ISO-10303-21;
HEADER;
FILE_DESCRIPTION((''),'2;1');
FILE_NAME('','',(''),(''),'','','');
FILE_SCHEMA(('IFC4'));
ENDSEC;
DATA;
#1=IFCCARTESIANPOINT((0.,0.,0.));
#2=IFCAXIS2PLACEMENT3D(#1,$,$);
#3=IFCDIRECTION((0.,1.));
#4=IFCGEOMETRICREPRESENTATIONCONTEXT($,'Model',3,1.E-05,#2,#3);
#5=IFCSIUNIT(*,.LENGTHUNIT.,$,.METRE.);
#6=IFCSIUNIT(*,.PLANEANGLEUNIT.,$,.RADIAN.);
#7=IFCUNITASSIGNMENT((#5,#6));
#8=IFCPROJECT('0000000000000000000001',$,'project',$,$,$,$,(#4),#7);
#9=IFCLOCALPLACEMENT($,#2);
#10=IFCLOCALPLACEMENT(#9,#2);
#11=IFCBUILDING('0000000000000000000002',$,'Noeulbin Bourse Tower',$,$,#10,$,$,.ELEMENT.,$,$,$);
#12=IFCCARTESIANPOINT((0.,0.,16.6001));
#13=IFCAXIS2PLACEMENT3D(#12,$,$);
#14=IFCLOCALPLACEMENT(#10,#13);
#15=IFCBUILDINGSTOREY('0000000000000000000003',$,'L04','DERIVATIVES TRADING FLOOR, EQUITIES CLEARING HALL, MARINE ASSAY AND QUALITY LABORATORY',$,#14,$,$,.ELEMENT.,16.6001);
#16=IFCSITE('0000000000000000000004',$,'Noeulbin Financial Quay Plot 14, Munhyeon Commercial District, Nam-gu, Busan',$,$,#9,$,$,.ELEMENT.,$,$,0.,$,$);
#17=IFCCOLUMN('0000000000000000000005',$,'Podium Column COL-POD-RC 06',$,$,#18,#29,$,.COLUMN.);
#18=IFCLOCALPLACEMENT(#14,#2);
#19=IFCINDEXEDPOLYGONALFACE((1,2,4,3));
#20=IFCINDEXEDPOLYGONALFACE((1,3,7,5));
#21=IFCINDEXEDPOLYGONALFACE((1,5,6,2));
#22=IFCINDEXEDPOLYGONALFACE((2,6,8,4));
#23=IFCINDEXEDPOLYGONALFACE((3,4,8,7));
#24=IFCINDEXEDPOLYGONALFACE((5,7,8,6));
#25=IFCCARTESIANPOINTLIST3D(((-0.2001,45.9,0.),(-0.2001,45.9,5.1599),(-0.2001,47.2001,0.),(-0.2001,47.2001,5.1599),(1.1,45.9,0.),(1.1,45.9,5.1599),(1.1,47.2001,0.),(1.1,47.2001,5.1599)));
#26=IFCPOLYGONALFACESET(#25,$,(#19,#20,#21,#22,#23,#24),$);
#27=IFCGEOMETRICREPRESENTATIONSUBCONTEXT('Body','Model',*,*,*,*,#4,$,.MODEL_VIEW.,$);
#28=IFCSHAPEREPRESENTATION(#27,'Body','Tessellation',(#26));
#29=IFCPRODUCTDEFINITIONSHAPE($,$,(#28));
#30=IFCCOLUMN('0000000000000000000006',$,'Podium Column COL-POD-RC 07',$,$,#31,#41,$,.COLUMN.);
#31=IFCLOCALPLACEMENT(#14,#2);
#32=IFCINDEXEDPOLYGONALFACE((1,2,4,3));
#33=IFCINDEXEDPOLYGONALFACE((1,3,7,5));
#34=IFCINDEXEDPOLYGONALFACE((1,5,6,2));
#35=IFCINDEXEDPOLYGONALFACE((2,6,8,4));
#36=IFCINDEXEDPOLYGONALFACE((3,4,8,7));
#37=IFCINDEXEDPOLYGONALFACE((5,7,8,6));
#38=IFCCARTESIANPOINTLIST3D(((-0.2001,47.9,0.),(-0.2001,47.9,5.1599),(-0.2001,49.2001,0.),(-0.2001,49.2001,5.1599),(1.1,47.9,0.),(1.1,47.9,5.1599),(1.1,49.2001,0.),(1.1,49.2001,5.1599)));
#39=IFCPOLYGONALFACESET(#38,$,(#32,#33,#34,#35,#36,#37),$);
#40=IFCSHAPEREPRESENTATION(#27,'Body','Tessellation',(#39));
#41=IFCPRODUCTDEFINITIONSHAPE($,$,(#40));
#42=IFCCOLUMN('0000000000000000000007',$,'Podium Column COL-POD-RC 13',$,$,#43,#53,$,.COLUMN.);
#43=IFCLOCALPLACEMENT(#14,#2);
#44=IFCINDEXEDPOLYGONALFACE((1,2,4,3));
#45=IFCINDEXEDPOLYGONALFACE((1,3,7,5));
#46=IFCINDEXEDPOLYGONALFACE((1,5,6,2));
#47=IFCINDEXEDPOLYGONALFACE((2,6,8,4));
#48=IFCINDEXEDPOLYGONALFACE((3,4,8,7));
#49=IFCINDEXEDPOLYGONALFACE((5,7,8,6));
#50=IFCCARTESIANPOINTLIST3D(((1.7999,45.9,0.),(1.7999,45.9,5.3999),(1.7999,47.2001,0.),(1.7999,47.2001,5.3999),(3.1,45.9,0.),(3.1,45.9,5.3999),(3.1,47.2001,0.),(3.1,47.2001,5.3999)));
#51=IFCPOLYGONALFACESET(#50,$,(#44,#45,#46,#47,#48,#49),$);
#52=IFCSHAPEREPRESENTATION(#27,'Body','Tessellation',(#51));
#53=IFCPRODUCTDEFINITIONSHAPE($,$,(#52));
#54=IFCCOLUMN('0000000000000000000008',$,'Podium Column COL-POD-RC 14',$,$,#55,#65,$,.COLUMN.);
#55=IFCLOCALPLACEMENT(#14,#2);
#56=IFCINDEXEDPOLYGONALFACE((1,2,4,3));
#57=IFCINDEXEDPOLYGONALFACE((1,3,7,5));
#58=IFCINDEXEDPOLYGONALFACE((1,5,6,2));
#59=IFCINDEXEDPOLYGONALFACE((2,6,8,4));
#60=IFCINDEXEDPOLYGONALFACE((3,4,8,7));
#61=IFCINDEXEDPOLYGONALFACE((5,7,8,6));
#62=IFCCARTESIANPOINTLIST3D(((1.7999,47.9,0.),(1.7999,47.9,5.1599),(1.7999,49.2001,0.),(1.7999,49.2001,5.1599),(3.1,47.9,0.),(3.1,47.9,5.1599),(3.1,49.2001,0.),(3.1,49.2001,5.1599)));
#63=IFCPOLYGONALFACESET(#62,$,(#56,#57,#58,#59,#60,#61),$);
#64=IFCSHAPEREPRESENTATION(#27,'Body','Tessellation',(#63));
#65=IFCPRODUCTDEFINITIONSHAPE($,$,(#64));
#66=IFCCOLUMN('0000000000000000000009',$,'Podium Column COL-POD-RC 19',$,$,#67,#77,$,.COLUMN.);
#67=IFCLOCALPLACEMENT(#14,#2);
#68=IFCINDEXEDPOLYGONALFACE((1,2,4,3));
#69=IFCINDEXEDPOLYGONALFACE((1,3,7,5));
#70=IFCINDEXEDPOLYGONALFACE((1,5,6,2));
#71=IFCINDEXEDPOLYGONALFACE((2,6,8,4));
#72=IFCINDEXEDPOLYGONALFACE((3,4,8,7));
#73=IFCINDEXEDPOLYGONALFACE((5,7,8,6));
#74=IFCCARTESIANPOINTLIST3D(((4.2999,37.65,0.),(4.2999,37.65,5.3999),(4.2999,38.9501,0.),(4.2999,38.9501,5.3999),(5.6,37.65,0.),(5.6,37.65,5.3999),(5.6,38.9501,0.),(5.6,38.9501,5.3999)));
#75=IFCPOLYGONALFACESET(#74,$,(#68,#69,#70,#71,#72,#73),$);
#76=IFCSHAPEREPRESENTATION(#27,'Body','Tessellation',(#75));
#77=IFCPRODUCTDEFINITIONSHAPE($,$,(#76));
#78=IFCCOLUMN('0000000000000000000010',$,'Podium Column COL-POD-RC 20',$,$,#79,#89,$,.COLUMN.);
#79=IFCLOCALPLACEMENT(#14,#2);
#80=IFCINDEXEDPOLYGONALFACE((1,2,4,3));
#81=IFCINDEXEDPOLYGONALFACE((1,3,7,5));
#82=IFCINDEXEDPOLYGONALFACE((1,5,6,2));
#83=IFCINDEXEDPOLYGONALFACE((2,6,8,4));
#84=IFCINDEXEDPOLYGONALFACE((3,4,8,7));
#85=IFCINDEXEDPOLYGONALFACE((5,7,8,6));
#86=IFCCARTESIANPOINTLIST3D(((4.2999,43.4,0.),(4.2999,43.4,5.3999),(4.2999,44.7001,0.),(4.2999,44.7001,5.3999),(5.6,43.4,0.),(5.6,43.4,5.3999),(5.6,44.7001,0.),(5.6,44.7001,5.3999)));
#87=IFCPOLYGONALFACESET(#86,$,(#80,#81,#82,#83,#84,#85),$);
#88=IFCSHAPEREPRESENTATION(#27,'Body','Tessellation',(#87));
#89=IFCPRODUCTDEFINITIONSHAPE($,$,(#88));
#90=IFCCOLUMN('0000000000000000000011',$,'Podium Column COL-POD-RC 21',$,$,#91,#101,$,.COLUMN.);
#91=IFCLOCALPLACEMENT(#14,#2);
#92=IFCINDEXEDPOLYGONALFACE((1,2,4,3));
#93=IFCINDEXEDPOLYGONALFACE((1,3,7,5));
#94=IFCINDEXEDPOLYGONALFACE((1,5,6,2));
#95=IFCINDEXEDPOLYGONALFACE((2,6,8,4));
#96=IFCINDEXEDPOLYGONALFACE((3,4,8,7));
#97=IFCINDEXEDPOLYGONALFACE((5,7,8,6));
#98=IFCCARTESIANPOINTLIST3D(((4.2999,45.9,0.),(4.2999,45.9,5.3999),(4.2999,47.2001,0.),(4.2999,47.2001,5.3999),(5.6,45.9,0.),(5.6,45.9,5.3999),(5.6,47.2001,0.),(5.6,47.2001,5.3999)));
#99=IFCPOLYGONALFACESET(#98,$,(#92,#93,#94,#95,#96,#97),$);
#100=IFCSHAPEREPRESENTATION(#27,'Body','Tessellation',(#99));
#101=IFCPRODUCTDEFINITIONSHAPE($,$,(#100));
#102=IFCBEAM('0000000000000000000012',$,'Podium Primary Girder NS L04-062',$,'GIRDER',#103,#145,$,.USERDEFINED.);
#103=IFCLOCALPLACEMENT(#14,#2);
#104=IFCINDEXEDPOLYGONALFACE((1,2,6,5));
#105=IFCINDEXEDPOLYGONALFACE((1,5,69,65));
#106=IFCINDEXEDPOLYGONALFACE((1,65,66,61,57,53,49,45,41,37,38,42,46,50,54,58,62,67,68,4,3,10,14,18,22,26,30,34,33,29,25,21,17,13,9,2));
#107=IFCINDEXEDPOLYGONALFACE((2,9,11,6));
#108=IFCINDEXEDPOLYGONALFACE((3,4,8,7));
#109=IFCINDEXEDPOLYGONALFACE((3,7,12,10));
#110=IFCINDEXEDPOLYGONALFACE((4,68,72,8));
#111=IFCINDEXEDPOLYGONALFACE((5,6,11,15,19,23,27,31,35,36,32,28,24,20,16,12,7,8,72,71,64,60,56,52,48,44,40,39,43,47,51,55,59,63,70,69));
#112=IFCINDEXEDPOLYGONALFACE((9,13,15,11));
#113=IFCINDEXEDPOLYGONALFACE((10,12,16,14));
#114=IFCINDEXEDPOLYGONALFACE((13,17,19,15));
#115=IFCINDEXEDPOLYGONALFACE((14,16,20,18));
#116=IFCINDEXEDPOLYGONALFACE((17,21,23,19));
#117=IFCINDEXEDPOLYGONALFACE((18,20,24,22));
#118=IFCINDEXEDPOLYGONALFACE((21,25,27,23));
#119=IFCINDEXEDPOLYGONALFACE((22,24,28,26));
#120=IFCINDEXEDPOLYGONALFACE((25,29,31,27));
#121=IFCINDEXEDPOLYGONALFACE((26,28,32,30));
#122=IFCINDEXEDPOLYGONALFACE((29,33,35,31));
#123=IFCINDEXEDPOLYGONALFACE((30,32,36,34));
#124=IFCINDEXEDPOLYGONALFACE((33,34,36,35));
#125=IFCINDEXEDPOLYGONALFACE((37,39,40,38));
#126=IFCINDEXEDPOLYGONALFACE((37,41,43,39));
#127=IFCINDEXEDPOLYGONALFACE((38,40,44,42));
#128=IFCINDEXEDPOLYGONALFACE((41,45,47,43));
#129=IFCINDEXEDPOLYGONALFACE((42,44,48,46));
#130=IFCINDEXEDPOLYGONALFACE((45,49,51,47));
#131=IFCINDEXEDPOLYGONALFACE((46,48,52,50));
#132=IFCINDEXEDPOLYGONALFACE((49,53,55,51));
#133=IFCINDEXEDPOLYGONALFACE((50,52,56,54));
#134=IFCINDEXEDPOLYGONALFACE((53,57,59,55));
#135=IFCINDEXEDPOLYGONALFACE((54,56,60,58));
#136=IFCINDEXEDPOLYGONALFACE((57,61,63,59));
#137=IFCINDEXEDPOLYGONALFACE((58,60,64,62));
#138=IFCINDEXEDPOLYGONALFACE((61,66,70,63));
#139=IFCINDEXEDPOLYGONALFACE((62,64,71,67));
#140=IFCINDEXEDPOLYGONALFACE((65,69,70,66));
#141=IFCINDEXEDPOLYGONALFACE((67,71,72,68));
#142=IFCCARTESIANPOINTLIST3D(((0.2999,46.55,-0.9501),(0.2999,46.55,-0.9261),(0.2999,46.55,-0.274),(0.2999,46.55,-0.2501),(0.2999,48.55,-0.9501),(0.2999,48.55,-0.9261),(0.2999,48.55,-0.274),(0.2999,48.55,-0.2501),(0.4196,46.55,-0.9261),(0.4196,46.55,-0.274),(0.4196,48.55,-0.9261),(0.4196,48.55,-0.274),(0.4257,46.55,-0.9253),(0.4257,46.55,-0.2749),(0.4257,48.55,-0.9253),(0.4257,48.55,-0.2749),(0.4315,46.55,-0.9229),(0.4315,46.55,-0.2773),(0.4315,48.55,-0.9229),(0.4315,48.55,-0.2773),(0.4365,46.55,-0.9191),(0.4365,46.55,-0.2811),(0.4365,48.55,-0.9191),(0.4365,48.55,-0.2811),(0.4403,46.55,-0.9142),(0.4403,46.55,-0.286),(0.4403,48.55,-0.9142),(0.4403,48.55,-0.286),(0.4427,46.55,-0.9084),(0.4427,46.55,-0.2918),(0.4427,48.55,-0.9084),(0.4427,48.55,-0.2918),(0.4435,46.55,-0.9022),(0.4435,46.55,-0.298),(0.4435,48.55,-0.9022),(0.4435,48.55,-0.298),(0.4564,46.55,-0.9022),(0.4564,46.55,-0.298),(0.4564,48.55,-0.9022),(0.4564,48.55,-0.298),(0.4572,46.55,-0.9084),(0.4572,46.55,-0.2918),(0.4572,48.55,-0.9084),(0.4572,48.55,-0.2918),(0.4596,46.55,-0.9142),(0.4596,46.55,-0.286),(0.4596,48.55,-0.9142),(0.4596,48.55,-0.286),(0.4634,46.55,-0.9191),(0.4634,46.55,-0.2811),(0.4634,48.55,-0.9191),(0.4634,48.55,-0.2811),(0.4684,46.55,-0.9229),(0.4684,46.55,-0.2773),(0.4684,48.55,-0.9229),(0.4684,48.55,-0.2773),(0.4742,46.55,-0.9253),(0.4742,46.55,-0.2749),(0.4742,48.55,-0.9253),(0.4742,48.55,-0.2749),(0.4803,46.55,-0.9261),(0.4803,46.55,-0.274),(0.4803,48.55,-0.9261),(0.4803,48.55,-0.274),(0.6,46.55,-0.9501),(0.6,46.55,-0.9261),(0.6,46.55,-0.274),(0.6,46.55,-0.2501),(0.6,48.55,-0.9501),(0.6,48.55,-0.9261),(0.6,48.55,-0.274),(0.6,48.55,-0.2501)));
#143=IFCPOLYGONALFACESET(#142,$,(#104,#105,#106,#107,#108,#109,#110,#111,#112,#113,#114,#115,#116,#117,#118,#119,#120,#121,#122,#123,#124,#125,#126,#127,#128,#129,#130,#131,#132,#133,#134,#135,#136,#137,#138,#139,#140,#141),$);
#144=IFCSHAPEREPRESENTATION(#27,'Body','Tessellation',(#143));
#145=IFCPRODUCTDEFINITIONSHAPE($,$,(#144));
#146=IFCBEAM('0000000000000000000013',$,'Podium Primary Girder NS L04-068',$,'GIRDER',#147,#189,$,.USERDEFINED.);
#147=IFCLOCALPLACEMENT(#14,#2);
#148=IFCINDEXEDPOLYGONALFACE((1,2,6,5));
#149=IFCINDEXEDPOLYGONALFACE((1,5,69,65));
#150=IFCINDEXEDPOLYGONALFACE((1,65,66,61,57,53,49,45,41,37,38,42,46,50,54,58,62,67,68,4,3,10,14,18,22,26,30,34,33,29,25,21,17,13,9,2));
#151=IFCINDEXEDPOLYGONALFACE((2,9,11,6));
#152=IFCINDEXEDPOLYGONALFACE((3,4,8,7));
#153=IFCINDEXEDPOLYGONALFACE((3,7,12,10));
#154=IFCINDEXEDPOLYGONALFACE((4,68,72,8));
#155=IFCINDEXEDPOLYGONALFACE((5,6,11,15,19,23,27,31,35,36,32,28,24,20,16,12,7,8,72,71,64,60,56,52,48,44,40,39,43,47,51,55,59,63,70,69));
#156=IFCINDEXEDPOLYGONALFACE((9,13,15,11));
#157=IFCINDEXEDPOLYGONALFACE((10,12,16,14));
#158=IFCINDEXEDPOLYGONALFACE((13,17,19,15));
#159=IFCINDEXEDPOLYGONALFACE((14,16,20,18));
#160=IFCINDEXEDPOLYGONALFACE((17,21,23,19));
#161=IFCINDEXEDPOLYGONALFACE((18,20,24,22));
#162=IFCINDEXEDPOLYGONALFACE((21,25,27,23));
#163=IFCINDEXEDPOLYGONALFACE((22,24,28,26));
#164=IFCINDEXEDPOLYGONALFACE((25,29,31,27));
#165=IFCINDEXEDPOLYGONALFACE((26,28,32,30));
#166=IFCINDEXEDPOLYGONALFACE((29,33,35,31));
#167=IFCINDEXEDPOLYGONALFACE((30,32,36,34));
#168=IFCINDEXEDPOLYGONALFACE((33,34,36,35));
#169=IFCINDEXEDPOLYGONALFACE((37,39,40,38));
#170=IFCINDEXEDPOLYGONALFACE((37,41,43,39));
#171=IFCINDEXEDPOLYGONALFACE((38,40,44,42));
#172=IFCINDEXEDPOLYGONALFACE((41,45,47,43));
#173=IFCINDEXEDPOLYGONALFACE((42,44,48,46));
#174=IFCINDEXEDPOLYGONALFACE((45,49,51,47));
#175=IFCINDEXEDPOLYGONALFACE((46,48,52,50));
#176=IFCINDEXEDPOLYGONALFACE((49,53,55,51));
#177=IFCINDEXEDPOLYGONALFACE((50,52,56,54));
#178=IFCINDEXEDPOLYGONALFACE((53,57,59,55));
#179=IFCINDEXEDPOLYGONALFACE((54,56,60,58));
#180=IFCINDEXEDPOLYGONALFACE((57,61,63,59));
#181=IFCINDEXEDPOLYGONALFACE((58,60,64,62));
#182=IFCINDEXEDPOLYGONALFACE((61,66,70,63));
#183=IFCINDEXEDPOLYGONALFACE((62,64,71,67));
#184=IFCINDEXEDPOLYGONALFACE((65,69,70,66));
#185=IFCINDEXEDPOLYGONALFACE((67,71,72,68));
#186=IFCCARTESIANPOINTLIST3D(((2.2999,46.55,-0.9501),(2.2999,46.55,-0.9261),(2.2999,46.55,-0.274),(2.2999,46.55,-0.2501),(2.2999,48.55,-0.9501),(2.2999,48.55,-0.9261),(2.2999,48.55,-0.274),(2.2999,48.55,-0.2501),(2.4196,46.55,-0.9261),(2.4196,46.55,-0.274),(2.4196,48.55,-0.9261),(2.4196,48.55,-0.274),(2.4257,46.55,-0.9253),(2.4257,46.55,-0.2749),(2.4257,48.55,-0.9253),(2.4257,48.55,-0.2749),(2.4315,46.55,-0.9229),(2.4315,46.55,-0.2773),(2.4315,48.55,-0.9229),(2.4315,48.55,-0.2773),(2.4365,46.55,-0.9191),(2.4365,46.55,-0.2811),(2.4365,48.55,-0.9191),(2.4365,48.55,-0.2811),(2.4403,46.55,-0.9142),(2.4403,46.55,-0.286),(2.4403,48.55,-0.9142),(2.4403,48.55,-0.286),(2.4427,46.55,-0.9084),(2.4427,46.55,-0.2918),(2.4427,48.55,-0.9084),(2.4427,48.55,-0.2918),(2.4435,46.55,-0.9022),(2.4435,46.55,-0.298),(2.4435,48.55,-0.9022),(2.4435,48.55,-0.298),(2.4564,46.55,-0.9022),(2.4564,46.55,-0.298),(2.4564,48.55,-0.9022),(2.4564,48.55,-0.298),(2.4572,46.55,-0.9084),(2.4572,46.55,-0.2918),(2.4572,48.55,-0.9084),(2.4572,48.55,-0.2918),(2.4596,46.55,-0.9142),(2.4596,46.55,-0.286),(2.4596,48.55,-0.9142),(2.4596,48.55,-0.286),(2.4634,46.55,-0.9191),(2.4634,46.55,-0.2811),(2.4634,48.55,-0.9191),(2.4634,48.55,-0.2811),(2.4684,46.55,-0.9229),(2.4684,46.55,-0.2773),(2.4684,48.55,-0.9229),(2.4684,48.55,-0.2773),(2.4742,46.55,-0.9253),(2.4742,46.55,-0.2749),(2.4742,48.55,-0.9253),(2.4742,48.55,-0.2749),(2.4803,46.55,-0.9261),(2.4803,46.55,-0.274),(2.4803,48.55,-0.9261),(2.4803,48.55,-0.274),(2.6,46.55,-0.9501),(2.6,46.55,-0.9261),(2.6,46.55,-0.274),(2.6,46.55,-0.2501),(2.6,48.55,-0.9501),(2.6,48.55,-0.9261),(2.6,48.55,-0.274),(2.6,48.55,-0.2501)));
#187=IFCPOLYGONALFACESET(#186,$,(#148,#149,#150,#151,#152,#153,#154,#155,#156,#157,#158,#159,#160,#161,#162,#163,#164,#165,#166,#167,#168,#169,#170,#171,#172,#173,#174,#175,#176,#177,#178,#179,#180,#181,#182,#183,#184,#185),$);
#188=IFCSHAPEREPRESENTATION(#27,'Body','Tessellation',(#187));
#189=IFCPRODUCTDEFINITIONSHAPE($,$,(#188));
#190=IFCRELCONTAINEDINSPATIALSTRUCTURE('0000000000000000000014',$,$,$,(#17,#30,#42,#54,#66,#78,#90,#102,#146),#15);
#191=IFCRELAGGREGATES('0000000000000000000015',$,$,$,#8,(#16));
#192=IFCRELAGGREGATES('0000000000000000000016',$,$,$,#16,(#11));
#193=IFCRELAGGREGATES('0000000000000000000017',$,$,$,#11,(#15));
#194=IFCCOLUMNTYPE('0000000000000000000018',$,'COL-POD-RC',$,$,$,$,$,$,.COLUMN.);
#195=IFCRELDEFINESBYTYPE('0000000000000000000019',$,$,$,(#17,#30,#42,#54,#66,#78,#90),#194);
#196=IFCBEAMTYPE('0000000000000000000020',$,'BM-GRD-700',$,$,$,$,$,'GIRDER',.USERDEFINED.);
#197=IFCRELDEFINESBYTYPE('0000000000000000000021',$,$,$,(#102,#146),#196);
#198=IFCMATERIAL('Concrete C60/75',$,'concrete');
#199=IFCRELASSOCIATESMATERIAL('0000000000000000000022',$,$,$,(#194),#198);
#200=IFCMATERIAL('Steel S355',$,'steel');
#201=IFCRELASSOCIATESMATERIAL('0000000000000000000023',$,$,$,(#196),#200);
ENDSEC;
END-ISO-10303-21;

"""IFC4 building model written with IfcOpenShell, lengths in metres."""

from ifc_helpers import new_model, si_unit, direction, frame, origin, origin_2d, place, context, subcontext, project, spatial, rectangle, i_section, extrude, material, material_profile, profile_set, type_object, element, save


model = new_model("IFC4")

# Units and contexts
model_context = context("Model", 3, precision=1e-05, world=origin(), true_north=direction((0.0, 1.0)))
body_context = subcontext(model_context, "Body", "Model", "MODEL_VIEW")
ifc_project = project(units=[si_unit("LENGTHUNIT", "METRE"), si_unit("PLANEANGLEUNIT", "RADIAN")], contexts=[model_context])

# Site, building, storey
site_placement = place(None, origin())
site = spatial("IfcSite", under=ifc_project, at=site_placement, Name="Noeulbin Financial Quay Plot 14, Munhyeon Commercial District, Nam-gu, Busan", CompositionType="ELEMENT", RefElevation=0.0)
building_placement = place(site_placement, origin())
building = spatial("IfcBuilding", under=site, at=building_placement, Name="Noeulbin Bourse Tower", CompositionType="ELEMENT")
storey_placement = place(building_placement, frame((0.0, 0.0, 16.6001)))
storey = spatial("IfcBuildingStorey", under=building, at=storey_placement, Name="L04", Description="DERIVATIVES TRADING FLOOR, EQUITIES CLEARING HALL, MARINE ASSAY AND QUALITY LABORATORY", CompositionType="ELEMENT", Elevation=16.6001)

# Columns
ifc_material_1 = material(Name="Concrete C60/75", Category="concrete")
ifc_material_profile_1 = material_profile(ifc_material_1, rectangle(XDim=1.3, YDim=1.3, at=origin_2d()), Name="RC-COL-1300x1300", Category="LoadBearing")
ifc_profile_set_1 = profile_set([ifc_material_profile_1], Name="Concrete C60/75")
column_type = type_object("IfcColumnType", Name="COL-POD-RC", PredefinedType="COLUMN", material=ifc_profile_set_1)
for number, where, z_axis, x_axis, name in (
    (1, (0.45, 46.55, 0.0), (0.0, 0.0, 1.0), (1.0, 0.0, 0.0), "Podium Column COL-POD-RC 06"),
    (2, (0.45, 48.55, 0.0), (0.0, 0.0, 1.0), (1.0, 0.0, 0.0), "Podium Column COL-POD-RC 07"),
):
    element("IfcColumn", number, at=place(storey_placement, frame(where, z_axis=z_axis, x_axis=x_axis)), inside=storey, type_object=column_type, Name=name, PredefinedType="COLUMN", context=body_context, shape_type="SweptSolid", body=[
        extrude(rectangle(XDim=1.3, YDim=1.3, at=origin_2d()), origin(), (0.0, 0.0, 1.0), 5.1599),
    ])
column_1_placement = place(storey_placement, frame((2.45, 46.55, 0.0), z_axis=(0.0, 0.0, 1.0), x_axis=(1.0, 0.0, 0.0)))
element("IfcColumn", 3, at=column_1_placement, inside=storey, type_object=column_type, Name="Podium Column COL-POD-RC 13", PredefinedType="COLUMN", context=body_context, shape_type="SweptSolid", body=[
    extrude(rectangle(XDim=1.3, YDim=1.3, at=origin_2d()), origin(), (0.0, 0.0, 1.0), 5.3999),
])
column_2_placement = place(storey_placement, frame((2.45, 48.55, 0.0), z_axis=(0.0, 0.0, 1.0), x_axis=(1.0, 0.0, 0.0)))
element("IfcColumn", 4, at=column_2_placement, inside=storey, type_object=column_type, Name="Podium Column COL-POD-RC 14", PredefinedType="COLUMN", context=body_context, shape_type="SweptSolid", body=[
    extrude(rectangle(XDim=1.3, YDim=1.3, at=origin_2d()), origin(), (0.0, 0.0, 1.0), 5.1599),
])
for number, where, z_axis, x_axis, name in (
    (5, (4.95, 38.3, 0.0), (0.0, 0.0, 1.0), (1.0, 0.0, 0.0), "Podium Column COL-POD-RC 19"),
    (6, (4.95, 44.05, 0.0), (0.0, 0.0, 1.0), (1.0, 0.0, 0.0), "Podium Column COL-POD-RC 20"),
    (7, (4.95, 46.55, 0.0), (0.0, 0.0, 1.0), (1.0, 0.0, 0.0), "Podium Column COL-POD-RC 21"),
):
    element("IfcColumn", number, at=place(storey_placement, frame(where, z_axis=z_axis, x_axis=x_axis)), inside=storey, type_object=column_type, Name=name, PredefinedType="COLUMN", context=body_context, shape_type="SweptSolid", body=[
        extrude(rectangle(XDim=1.3, YDim=1.3, at=origin_2d()), origin(), (0.0, 0.0, 1.0), 5.3999),
    ])

# Beams
ifc_material_2 = material(Name="Steel S355", Category="steel")
ifc_material_profile_2 = material_profile(ifc_material_2, i_section(OverallWidth=0.3, OverallDepth=0.7, WebThickness=0.0129, FlangeThickness=0.0239, FilletRadius=0.0239, at=origin_2d()), Name="H-700x300x13x24", Category="LoadBearing")
ifc_profile_set_2 = profile_set([ifc_material_profile_2], Name="Steel S355")
beam_type_1 = type_object("IfcBeamType", Name="BM-GRD-700", ElementType="GIRDER", PredefinedType="USERDEFINED", material=ifc_profile_set_2)
for number, where, z_axis, x_axis, name in (
    (8, (0.45, 46.55, -0.6001), (0.0, 1.0, 0.0), (-1.0, 0.0, 0.0), "Podium Primary Girder NS L04-062"),
    (9, (2.45, 46.55, -0.6001), (0.0, 1.0, 0.0), (-1.0, 0.0, 0.0), "Podium Primary Girder NS L04-068"),
):
    element("IfcBeam", number, at=place(storey_placement, frame(where, z_axis=z_axis, x_axis=x_axis)), inside=storey, type_object=beam_type_1, Name=name, ObjectType="GIRDER", PredefinedType="USERDEFINED", context=body_context, shape_type="SweptSolid", body=[
        extrude(i_section(OverallWidth=0.3, OverallDepth=0.7, WebThickness=0.0129, FlangeThickness=0.0239, FilletRadius=0.0239, at=origin_2d()), origin(), (0.0, 0.0, 1.0), 2.0),
    ])

save(model, "model.ifc")
